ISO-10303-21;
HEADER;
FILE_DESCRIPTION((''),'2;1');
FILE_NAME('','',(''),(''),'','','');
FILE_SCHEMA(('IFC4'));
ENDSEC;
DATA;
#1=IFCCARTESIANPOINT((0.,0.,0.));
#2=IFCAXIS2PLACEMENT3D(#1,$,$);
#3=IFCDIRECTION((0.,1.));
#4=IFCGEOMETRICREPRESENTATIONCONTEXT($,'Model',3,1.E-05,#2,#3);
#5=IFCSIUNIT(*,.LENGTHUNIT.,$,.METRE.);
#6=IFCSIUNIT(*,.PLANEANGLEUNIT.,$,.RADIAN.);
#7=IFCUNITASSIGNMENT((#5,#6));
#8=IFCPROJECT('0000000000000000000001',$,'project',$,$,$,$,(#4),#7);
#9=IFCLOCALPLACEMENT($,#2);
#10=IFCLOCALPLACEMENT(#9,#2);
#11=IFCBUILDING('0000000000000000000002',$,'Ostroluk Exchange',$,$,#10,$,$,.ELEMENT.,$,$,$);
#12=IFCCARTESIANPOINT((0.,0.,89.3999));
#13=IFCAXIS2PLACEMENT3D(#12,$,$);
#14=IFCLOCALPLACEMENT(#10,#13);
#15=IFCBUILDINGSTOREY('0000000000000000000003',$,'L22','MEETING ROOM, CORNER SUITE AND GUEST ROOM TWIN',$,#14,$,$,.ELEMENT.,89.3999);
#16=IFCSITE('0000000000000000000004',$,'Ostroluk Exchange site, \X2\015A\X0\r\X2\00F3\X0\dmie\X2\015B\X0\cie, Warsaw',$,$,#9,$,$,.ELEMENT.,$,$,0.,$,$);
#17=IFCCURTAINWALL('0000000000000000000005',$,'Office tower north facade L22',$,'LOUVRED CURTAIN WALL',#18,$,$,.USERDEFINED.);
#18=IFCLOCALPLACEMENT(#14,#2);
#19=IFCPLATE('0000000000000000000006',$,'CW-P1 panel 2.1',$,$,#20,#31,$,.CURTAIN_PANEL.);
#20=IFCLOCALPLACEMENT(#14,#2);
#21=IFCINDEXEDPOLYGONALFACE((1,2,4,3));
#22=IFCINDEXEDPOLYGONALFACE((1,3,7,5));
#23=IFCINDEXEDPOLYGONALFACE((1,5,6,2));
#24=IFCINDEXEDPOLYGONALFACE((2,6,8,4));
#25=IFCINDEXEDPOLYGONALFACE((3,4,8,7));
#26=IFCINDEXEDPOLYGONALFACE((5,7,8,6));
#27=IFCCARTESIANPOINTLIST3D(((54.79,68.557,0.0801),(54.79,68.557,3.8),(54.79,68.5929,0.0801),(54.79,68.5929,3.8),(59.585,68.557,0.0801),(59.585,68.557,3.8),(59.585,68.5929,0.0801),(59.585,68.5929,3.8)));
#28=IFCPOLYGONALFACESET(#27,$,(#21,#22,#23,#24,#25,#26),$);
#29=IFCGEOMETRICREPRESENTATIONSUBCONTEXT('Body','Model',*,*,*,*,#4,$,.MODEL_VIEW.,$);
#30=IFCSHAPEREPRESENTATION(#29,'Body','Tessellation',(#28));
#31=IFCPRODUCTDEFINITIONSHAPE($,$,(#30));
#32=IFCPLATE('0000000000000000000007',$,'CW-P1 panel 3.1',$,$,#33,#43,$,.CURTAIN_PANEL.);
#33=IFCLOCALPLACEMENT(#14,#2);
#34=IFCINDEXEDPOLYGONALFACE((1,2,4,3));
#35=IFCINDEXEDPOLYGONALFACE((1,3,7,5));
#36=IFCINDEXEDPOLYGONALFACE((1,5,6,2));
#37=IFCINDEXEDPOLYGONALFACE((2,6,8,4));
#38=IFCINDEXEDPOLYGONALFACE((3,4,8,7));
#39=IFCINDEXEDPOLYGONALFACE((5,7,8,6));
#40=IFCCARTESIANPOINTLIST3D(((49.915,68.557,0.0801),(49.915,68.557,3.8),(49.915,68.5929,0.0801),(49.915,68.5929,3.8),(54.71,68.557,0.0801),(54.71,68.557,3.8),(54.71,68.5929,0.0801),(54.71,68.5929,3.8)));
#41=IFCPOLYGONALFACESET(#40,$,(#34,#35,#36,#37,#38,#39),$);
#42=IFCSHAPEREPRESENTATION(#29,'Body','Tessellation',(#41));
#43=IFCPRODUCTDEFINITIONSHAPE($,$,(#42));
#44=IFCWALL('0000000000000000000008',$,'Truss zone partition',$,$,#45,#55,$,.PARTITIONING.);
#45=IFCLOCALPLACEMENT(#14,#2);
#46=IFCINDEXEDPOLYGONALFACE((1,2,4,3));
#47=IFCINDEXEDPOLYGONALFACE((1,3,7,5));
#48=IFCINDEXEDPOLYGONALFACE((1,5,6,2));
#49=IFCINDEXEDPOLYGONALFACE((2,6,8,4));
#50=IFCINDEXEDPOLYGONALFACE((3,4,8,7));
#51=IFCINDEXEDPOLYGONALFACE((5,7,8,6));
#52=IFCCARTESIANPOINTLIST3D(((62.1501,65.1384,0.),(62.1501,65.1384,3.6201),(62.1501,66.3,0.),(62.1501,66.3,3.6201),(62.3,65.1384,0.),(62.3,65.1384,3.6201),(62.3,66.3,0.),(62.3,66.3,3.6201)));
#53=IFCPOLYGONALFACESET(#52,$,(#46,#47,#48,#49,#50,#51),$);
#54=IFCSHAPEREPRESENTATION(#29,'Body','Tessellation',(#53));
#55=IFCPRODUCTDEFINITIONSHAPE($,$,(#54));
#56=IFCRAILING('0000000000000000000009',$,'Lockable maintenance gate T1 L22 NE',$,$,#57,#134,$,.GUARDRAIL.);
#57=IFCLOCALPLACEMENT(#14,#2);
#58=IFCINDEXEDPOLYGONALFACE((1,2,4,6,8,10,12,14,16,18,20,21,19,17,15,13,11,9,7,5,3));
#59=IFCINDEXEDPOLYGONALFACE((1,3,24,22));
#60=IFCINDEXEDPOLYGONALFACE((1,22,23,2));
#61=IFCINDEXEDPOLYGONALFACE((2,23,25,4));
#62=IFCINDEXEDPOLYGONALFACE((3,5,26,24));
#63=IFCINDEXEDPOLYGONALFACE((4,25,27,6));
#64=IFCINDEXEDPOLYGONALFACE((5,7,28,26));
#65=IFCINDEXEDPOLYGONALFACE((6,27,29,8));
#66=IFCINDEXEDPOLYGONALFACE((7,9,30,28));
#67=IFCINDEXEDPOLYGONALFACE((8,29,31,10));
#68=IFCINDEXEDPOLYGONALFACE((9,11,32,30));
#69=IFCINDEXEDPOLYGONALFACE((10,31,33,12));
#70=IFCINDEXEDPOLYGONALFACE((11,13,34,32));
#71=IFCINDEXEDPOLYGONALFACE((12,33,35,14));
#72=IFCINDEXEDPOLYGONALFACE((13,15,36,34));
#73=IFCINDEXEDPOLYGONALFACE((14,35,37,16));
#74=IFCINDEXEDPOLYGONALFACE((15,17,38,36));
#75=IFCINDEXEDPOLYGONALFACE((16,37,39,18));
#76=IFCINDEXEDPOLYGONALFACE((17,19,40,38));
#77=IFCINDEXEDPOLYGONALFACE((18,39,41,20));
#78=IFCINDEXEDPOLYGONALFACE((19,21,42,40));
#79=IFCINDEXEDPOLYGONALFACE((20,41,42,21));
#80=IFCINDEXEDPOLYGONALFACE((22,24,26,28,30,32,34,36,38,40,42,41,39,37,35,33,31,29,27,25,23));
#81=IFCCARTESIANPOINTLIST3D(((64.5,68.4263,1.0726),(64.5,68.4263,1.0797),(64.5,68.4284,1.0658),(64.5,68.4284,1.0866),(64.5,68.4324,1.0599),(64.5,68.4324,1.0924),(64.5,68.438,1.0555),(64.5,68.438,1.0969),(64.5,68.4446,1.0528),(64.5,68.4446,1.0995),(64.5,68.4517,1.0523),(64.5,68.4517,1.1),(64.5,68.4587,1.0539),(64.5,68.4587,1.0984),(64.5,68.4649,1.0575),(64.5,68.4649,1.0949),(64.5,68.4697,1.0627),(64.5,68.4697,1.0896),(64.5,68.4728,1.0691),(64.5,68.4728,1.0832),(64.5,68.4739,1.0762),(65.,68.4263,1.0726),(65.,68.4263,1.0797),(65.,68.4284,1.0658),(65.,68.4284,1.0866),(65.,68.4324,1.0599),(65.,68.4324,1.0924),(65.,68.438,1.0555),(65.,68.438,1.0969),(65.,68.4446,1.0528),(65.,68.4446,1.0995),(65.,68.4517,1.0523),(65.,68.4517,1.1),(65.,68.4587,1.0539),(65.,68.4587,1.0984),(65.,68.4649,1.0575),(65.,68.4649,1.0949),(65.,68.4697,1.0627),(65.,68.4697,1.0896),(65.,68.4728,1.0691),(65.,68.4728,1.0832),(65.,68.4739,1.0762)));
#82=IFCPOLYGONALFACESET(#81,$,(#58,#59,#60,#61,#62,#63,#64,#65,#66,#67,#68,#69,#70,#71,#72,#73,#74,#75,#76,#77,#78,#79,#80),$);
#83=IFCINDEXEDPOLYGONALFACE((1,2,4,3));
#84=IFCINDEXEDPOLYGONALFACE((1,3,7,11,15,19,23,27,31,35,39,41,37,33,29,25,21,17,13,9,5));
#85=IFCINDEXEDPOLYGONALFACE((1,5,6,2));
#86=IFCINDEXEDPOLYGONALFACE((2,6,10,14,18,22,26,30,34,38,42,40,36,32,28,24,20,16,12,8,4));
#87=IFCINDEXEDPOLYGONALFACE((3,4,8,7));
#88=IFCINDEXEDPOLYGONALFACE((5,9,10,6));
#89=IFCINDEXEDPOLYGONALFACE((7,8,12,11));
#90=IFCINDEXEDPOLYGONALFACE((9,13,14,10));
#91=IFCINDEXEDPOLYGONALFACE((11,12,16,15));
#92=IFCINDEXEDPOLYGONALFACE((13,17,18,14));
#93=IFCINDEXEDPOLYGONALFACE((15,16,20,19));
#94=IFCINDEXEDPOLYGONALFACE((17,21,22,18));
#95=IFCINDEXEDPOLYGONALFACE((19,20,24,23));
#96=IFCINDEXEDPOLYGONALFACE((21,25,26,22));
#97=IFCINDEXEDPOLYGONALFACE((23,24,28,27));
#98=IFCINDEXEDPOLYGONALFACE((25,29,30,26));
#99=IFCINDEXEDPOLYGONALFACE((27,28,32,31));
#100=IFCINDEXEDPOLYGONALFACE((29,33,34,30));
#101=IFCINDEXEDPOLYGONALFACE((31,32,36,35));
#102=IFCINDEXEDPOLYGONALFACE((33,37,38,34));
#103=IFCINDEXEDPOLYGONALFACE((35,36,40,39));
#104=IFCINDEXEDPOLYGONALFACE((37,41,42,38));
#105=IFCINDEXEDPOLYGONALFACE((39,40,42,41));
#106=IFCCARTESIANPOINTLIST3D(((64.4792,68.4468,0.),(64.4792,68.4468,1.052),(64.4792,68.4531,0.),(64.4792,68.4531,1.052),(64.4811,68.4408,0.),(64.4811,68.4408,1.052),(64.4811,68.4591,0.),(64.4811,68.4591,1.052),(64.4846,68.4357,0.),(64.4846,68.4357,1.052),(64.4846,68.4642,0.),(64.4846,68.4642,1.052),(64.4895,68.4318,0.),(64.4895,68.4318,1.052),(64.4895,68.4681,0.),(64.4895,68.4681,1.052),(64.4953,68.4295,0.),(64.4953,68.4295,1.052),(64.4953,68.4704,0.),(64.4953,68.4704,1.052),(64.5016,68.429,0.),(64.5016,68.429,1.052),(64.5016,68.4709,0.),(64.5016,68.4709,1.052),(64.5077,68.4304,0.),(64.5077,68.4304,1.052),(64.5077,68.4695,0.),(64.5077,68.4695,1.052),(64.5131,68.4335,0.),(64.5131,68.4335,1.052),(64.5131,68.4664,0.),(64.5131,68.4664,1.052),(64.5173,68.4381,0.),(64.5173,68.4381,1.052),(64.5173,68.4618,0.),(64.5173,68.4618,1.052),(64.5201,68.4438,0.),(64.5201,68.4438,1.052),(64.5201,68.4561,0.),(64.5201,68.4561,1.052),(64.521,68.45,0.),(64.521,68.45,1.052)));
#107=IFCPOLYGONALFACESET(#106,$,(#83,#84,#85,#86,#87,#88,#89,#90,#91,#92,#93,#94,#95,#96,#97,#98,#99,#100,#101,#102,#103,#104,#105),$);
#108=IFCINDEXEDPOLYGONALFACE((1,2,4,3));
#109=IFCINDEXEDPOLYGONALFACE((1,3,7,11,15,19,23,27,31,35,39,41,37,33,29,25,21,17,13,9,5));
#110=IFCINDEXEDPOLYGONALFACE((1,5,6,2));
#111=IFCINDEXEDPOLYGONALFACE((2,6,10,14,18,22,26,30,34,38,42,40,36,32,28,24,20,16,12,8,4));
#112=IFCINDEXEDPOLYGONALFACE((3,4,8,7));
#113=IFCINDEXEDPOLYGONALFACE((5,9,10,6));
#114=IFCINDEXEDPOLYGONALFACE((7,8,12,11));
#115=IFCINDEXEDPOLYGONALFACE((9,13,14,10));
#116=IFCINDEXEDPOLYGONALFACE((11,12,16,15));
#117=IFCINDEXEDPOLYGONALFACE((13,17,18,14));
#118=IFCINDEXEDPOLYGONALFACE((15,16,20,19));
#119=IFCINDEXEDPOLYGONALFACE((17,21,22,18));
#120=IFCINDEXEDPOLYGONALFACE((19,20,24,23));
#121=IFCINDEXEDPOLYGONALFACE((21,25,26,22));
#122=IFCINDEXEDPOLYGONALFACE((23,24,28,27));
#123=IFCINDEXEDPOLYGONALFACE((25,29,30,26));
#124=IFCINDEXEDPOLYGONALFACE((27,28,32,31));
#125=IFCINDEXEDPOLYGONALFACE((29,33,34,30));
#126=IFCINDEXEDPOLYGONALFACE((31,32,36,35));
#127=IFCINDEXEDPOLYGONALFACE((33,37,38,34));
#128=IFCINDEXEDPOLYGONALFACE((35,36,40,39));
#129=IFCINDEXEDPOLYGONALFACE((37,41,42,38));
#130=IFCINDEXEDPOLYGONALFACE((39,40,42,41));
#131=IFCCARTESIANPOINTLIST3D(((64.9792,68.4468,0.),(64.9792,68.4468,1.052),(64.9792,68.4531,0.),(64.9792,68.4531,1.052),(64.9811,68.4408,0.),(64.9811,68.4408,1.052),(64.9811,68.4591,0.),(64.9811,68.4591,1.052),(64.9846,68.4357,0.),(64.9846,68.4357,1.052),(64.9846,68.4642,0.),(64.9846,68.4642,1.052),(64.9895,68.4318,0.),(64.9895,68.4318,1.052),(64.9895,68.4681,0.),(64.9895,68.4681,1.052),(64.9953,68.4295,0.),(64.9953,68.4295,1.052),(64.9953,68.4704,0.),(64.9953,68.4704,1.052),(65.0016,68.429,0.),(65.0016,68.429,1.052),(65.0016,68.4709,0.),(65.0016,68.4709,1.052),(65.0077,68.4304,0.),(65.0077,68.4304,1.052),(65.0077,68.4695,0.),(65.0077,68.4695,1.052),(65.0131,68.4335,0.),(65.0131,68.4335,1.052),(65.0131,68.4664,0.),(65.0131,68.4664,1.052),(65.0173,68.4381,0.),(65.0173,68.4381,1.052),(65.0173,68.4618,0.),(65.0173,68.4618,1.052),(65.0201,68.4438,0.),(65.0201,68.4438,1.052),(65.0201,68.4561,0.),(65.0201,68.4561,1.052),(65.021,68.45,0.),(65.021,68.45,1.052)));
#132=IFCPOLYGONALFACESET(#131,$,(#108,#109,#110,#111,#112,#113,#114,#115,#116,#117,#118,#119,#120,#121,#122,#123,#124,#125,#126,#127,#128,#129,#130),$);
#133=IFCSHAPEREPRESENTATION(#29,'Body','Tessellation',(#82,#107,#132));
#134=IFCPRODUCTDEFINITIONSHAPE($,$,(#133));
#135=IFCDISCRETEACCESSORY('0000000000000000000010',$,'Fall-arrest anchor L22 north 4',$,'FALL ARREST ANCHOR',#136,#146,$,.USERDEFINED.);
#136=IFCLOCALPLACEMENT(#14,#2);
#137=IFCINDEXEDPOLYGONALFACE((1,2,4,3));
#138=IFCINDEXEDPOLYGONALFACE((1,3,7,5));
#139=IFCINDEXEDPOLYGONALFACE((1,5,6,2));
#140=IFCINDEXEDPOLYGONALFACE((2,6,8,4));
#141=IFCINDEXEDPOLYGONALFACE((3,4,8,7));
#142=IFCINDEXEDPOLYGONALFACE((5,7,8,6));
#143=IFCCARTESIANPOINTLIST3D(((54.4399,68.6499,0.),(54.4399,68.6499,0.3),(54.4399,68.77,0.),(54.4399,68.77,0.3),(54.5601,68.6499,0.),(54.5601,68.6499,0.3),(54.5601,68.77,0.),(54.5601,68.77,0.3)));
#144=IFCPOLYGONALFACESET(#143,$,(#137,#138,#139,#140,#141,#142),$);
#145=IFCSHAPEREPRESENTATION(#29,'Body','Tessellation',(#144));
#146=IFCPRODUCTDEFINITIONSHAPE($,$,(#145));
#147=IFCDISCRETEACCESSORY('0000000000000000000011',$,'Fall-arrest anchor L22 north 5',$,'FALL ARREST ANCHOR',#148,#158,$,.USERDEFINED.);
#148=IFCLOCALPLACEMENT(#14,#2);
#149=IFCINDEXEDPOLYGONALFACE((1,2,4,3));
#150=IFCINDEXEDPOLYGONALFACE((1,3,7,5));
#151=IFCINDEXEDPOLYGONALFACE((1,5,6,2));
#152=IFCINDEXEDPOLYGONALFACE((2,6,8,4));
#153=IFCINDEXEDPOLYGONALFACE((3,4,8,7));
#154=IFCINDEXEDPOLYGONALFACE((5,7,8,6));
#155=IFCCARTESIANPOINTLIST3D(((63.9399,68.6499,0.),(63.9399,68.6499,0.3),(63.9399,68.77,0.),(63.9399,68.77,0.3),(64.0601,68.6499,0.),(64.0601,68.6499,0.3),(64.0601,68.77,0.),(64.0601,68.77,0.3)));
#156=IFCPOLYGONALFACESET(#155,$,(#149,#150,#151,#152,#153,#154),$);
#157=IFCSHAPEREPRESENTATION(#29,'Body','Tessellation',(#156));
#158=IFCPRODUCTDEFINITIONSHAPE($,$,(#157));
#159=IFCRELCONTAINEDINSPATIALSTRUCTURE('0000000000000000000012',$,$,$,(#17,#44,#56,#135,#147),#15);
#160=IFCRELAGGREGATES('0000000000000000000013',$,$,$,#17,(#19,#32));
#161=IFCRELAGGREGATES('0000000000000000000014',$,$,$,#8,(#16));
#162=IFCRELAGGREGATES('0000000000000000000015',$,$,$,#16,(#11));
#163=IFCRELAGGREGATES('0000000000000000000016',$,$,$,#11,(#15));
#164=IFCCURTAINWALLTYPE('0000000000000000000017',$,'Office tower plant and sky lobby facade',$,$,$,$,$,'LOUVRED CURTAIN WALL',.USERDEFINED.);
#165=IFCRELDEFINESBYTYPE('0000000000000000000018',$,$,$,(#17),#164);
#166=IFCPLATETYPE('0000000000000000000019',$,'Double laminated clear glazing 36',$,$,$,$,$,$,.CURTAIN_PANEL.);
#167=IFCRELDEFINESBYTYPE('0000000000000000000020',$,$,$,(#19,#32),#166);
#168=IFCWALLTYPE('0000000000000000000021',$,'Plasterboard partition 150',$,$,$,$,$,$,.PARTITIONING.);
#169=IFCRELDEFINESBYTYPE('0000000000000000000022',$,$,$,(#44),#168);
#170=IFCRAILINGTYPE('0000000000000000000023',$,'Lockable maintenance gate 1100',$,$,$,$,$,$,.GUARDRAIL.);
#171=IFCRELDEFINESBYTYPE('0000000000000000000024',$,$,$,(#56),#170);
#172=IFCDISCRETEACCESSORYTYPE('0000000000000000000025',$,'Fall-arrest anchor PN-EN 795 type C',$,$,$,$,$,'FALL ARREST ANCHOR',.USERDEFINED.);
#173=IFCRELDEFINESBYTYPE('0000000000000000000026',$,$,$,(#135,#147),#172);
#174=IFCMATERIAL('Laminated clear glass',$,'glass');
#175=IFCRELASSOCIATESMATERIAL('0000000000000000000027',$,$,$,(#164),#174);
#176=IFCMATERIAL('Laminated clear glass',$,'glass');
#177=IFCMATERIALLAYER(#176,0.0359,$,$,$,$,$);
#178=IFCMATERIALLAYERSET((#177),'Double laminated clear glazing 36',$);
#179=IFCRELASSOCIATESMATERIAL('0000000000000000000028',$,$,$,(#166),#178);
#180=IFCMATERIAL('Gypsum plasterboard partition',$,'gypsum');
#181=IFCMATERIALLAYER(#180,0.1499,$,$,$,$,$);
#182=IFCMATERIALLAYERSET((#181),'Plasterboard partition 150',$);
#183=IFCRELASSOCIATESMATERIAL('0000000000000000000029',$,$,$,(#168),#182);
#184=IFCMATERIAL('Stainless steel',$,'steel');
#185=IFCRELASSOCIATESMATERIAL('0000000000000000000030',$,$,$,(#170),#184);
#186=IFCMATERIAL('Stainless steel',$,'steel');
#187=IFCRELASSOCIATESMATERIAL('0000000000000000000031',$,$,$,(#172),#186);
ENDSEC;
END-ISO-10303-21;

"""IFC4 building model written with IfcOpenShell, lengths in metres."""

from ifc_helpers import new_model, si_unit, direction, frame, frame_2d, origin, origin_2d, place, context, subcontext, project, spatial, rectangle, circle, extrude, material, layer, layer_set, type_object, element, aggregate, save


model = new_model("IFC4")

# Units and contexts
model_context = context("Model", 3, precision=1e-05, world=origin(), true_north=direction((0.0, 1.0)))
body_context = subcontext(model_context, "Body", "Model", "MODEL_VIEW")
ifc_project = project(units=[si_unit("LENGTHUNIT", "METRE"), si_unit("PLANEANGLEUNIT", "RADIAN")], contexts=[model_context])

# Site, building, storey
site_placement = place(None, origin())
site = spatial("IfcSite", under=ifc_project, at=site_placement, Name="Ostroluk Exchange site, Śródmieście, Warsaw", CompositionType="ELEMENT", RefElevation=0.0)
building_placement = place(site_placement, origin())
building = spatial("IfcBuilding", under=site, at=building_placement, Name="Ostroluk Exchange", CompositionType="ELEMENT")
storey_placement = place(building_placement, frame((0.0, 0.0, 89.3999)))
storey = spatial("IfcBuildingStorey", under=building, at=storey_placement, Name="L22", Description="MEETING ROOM, CORNER SUITE AND GUEST ROOM TWIN", CompositionType="ELEMENT", Elevation=89.3999)

# Curtain wall, plates
ifc_material_1 = material(Name="Laminated clear glass", Category="glass")
curtain_wall_type = type_object("IfcCurtainWallType", Name="Office tower plant and sky lobby facade", ElementType="LOUVRED CURTAIN WALL", PredefinedType="USERDEFINED", material=ifc_material_1)
curtain_wall_placement = place(storey_placement, origin())
curtain_wall = element("IfcCurtainWall", 1, at=curtain_wall_placement, inside=storey, type_object=curtain_wall_type, Name="Office tower north facade L22", ObjectType="LOUVRED CURTAIN WALL", PredefinedType="USERDEFINED")
ifc_material_2 = material(Name="Laminated clear glass", Category="glass")
ifc_layer_1 = layer(ifc_material_2, 0.0359)
ifc_layer_set_1 = layer_set([ifc_layer_1], Name="Double laminated clear glazing 36")
plate_type = type_object("IfcPlateType", Name="Double laminated clear glazing 36", PredefinedType="CURTAIN_PANEL", material=ifc_layer_set_1)
plate_1_placement = place(storey_placement, frame((57.1875, 68.575, 0.0801), z_axis=(0.0, 0.0, 1.0), x_axis=(-1.0, 0.0, 0.0)))
plate_1 = element("IfcPlate", 2, at=plate_1_placement, type_object=plate_type, Name="CW-P1 panel 2.1", PredefinedType="CURTAIN_PANEL", context=body_context, shape_type="SweptSolid", body=[
    extrude(rectangle(XDim=4.7949, YDim=0.0359, at=origin_2d()), origin(), (0.0, 0.0, 1.0), 3.72),
])
plate_2_placement = place(storey_placement, frame((52.3125, 68.575, 0.0801), z_axis=(0.0, 0.0, 1.0), x_axis=(-1.0, 0.0, 0.0)))
plate_2 = element("IfcPlate", 3, at=plate_2_placement, type_object=plate_type, Name="CW-P1 panel 3.1", PredefinedType="CURTAIN_PANEL", context=body_context, shape_type="SweptSolid", body=[
    extrude(rectangle(XDim=4.7949, YDim=0.0359, at=origin_2d()), origin(), (0.0, 0.0, 1.0), 3.72),
])
aggregate(curtain_wall, [plate_1, plate_2])

# Wall
ifc_material_3 = material(Name="Gypsum plasterboard partition", Category="gypsum")
ifc_layer_2 = layer(ifc_material_3, 0.1499)
ifc_layer_set_2 = layer_set([ifc_layer_2], Name="Plasterboard partition 150")
wall_type_1 = type_object("IfcWallType", Name="Plasterboard partition 150", PredefinedType="PARTITIONING", material=ifc_layer_set_2)
wall_1_placement = place(storey_placement, frame((62.2251, 66.3, 0.0), z_axis=(0.0, 0.0, 1.0), x_axis=(0.0, -1.0, 0.0)))
element("IfcWall", 4, at=wall_1_placement, inside=storey, type_object=wall_type_1, Name="Truss zone partition", PredefinedType="PARTITIONING", context=body_context, shape_type="SweptSolid", body=[
    extrude(rectangle(XDim=1.1616, YDim=0.1499, at=frame_2d((0.5808, 0.0))), origin(), (0.0, 0.0, 1.0), 3.6201),
])

# Railing
ifc_material_4 = material(Name="Stainless steel", Category="steel")
railing_type_1 = type_object("IfcRailingType", Name="Lockable maintenance gate 1100", PredefinedType="GUARDRAIL", material=ifc_material_4)
railing_1_placement = place(storey_placement, frame((64.5, 68.45, 0.0)))
element("IfcRailing", 5, at=railing_1_placement, inside=storey, type_object=railing_type_1, Name="Lockable maintenance gate T1 L22 NE", PredefinedType="GUARDRAIL", context=body_context, shape_type="SweptSolid", body=[
    extrude(circle(Radius=0.0239, at=origin_2d()), frame((0.0, 0.0, 1.0762), z_axis=(1.0, 0.0, 0.0), x_axis=(0.0, 1.0, 0.0)), (0.0, 0.0, 1.0), 0.5),
    extrude(circle(Radius=0.021, at=origin_2d()), origin(), (0.0, 0.0, 1.0), 1.052),
    extrude(circle(Radius=0.021, at=origin_2d()), frame((0.5, 0.0, 0.0)), (0.0, 0.0, 1.0), 1.052),
])

# Discrete accessories
ifc_material_5 = material(Name="Stainless steel", Category="steel")
discrete_accessory_type = type_object("IfcDiscreteAccessoryType", Name="Fall-arrest anchor PN-EN 795 type C", ElementType="FALL ARREST ANCHOR", PredefinedType="USERDEFINED", material=ifc_material_5)
for number, where, z_axis, x_axis, name in (
    (6, (54.5, 68.71, 0.0), (0.0, 0.0, 1.0), (1.0, 0.0, 0.0), "Fall-arrest anchor L22 north 4"),
    (7, (64.0, 68.71, 0.0), (0.0, 0.0, 1.0), (1.0, 0.0, 0.0), "Fall-arrest anchor L22 north 5"),
):
    element("IfcDiscreteAccessory", number, at=place(storey_placement, frame(where, z_axis=z_axis, x_axis=x_axis)), inside=storey, type_object=discrete_accessory_type, Name=name, ObjectType="FALL ARREST ANCHOR", PredefinedType="USERDEFINED", context=body_context, shape_type="SweptSolid", body=[
        extrude(rectangle(XDim=0.1201, YDim=0.1201, at=origin_2d()), origin(), (0.0, 0.0, 1.0), 0.3),
    ])

save(model, "model.ifc")
